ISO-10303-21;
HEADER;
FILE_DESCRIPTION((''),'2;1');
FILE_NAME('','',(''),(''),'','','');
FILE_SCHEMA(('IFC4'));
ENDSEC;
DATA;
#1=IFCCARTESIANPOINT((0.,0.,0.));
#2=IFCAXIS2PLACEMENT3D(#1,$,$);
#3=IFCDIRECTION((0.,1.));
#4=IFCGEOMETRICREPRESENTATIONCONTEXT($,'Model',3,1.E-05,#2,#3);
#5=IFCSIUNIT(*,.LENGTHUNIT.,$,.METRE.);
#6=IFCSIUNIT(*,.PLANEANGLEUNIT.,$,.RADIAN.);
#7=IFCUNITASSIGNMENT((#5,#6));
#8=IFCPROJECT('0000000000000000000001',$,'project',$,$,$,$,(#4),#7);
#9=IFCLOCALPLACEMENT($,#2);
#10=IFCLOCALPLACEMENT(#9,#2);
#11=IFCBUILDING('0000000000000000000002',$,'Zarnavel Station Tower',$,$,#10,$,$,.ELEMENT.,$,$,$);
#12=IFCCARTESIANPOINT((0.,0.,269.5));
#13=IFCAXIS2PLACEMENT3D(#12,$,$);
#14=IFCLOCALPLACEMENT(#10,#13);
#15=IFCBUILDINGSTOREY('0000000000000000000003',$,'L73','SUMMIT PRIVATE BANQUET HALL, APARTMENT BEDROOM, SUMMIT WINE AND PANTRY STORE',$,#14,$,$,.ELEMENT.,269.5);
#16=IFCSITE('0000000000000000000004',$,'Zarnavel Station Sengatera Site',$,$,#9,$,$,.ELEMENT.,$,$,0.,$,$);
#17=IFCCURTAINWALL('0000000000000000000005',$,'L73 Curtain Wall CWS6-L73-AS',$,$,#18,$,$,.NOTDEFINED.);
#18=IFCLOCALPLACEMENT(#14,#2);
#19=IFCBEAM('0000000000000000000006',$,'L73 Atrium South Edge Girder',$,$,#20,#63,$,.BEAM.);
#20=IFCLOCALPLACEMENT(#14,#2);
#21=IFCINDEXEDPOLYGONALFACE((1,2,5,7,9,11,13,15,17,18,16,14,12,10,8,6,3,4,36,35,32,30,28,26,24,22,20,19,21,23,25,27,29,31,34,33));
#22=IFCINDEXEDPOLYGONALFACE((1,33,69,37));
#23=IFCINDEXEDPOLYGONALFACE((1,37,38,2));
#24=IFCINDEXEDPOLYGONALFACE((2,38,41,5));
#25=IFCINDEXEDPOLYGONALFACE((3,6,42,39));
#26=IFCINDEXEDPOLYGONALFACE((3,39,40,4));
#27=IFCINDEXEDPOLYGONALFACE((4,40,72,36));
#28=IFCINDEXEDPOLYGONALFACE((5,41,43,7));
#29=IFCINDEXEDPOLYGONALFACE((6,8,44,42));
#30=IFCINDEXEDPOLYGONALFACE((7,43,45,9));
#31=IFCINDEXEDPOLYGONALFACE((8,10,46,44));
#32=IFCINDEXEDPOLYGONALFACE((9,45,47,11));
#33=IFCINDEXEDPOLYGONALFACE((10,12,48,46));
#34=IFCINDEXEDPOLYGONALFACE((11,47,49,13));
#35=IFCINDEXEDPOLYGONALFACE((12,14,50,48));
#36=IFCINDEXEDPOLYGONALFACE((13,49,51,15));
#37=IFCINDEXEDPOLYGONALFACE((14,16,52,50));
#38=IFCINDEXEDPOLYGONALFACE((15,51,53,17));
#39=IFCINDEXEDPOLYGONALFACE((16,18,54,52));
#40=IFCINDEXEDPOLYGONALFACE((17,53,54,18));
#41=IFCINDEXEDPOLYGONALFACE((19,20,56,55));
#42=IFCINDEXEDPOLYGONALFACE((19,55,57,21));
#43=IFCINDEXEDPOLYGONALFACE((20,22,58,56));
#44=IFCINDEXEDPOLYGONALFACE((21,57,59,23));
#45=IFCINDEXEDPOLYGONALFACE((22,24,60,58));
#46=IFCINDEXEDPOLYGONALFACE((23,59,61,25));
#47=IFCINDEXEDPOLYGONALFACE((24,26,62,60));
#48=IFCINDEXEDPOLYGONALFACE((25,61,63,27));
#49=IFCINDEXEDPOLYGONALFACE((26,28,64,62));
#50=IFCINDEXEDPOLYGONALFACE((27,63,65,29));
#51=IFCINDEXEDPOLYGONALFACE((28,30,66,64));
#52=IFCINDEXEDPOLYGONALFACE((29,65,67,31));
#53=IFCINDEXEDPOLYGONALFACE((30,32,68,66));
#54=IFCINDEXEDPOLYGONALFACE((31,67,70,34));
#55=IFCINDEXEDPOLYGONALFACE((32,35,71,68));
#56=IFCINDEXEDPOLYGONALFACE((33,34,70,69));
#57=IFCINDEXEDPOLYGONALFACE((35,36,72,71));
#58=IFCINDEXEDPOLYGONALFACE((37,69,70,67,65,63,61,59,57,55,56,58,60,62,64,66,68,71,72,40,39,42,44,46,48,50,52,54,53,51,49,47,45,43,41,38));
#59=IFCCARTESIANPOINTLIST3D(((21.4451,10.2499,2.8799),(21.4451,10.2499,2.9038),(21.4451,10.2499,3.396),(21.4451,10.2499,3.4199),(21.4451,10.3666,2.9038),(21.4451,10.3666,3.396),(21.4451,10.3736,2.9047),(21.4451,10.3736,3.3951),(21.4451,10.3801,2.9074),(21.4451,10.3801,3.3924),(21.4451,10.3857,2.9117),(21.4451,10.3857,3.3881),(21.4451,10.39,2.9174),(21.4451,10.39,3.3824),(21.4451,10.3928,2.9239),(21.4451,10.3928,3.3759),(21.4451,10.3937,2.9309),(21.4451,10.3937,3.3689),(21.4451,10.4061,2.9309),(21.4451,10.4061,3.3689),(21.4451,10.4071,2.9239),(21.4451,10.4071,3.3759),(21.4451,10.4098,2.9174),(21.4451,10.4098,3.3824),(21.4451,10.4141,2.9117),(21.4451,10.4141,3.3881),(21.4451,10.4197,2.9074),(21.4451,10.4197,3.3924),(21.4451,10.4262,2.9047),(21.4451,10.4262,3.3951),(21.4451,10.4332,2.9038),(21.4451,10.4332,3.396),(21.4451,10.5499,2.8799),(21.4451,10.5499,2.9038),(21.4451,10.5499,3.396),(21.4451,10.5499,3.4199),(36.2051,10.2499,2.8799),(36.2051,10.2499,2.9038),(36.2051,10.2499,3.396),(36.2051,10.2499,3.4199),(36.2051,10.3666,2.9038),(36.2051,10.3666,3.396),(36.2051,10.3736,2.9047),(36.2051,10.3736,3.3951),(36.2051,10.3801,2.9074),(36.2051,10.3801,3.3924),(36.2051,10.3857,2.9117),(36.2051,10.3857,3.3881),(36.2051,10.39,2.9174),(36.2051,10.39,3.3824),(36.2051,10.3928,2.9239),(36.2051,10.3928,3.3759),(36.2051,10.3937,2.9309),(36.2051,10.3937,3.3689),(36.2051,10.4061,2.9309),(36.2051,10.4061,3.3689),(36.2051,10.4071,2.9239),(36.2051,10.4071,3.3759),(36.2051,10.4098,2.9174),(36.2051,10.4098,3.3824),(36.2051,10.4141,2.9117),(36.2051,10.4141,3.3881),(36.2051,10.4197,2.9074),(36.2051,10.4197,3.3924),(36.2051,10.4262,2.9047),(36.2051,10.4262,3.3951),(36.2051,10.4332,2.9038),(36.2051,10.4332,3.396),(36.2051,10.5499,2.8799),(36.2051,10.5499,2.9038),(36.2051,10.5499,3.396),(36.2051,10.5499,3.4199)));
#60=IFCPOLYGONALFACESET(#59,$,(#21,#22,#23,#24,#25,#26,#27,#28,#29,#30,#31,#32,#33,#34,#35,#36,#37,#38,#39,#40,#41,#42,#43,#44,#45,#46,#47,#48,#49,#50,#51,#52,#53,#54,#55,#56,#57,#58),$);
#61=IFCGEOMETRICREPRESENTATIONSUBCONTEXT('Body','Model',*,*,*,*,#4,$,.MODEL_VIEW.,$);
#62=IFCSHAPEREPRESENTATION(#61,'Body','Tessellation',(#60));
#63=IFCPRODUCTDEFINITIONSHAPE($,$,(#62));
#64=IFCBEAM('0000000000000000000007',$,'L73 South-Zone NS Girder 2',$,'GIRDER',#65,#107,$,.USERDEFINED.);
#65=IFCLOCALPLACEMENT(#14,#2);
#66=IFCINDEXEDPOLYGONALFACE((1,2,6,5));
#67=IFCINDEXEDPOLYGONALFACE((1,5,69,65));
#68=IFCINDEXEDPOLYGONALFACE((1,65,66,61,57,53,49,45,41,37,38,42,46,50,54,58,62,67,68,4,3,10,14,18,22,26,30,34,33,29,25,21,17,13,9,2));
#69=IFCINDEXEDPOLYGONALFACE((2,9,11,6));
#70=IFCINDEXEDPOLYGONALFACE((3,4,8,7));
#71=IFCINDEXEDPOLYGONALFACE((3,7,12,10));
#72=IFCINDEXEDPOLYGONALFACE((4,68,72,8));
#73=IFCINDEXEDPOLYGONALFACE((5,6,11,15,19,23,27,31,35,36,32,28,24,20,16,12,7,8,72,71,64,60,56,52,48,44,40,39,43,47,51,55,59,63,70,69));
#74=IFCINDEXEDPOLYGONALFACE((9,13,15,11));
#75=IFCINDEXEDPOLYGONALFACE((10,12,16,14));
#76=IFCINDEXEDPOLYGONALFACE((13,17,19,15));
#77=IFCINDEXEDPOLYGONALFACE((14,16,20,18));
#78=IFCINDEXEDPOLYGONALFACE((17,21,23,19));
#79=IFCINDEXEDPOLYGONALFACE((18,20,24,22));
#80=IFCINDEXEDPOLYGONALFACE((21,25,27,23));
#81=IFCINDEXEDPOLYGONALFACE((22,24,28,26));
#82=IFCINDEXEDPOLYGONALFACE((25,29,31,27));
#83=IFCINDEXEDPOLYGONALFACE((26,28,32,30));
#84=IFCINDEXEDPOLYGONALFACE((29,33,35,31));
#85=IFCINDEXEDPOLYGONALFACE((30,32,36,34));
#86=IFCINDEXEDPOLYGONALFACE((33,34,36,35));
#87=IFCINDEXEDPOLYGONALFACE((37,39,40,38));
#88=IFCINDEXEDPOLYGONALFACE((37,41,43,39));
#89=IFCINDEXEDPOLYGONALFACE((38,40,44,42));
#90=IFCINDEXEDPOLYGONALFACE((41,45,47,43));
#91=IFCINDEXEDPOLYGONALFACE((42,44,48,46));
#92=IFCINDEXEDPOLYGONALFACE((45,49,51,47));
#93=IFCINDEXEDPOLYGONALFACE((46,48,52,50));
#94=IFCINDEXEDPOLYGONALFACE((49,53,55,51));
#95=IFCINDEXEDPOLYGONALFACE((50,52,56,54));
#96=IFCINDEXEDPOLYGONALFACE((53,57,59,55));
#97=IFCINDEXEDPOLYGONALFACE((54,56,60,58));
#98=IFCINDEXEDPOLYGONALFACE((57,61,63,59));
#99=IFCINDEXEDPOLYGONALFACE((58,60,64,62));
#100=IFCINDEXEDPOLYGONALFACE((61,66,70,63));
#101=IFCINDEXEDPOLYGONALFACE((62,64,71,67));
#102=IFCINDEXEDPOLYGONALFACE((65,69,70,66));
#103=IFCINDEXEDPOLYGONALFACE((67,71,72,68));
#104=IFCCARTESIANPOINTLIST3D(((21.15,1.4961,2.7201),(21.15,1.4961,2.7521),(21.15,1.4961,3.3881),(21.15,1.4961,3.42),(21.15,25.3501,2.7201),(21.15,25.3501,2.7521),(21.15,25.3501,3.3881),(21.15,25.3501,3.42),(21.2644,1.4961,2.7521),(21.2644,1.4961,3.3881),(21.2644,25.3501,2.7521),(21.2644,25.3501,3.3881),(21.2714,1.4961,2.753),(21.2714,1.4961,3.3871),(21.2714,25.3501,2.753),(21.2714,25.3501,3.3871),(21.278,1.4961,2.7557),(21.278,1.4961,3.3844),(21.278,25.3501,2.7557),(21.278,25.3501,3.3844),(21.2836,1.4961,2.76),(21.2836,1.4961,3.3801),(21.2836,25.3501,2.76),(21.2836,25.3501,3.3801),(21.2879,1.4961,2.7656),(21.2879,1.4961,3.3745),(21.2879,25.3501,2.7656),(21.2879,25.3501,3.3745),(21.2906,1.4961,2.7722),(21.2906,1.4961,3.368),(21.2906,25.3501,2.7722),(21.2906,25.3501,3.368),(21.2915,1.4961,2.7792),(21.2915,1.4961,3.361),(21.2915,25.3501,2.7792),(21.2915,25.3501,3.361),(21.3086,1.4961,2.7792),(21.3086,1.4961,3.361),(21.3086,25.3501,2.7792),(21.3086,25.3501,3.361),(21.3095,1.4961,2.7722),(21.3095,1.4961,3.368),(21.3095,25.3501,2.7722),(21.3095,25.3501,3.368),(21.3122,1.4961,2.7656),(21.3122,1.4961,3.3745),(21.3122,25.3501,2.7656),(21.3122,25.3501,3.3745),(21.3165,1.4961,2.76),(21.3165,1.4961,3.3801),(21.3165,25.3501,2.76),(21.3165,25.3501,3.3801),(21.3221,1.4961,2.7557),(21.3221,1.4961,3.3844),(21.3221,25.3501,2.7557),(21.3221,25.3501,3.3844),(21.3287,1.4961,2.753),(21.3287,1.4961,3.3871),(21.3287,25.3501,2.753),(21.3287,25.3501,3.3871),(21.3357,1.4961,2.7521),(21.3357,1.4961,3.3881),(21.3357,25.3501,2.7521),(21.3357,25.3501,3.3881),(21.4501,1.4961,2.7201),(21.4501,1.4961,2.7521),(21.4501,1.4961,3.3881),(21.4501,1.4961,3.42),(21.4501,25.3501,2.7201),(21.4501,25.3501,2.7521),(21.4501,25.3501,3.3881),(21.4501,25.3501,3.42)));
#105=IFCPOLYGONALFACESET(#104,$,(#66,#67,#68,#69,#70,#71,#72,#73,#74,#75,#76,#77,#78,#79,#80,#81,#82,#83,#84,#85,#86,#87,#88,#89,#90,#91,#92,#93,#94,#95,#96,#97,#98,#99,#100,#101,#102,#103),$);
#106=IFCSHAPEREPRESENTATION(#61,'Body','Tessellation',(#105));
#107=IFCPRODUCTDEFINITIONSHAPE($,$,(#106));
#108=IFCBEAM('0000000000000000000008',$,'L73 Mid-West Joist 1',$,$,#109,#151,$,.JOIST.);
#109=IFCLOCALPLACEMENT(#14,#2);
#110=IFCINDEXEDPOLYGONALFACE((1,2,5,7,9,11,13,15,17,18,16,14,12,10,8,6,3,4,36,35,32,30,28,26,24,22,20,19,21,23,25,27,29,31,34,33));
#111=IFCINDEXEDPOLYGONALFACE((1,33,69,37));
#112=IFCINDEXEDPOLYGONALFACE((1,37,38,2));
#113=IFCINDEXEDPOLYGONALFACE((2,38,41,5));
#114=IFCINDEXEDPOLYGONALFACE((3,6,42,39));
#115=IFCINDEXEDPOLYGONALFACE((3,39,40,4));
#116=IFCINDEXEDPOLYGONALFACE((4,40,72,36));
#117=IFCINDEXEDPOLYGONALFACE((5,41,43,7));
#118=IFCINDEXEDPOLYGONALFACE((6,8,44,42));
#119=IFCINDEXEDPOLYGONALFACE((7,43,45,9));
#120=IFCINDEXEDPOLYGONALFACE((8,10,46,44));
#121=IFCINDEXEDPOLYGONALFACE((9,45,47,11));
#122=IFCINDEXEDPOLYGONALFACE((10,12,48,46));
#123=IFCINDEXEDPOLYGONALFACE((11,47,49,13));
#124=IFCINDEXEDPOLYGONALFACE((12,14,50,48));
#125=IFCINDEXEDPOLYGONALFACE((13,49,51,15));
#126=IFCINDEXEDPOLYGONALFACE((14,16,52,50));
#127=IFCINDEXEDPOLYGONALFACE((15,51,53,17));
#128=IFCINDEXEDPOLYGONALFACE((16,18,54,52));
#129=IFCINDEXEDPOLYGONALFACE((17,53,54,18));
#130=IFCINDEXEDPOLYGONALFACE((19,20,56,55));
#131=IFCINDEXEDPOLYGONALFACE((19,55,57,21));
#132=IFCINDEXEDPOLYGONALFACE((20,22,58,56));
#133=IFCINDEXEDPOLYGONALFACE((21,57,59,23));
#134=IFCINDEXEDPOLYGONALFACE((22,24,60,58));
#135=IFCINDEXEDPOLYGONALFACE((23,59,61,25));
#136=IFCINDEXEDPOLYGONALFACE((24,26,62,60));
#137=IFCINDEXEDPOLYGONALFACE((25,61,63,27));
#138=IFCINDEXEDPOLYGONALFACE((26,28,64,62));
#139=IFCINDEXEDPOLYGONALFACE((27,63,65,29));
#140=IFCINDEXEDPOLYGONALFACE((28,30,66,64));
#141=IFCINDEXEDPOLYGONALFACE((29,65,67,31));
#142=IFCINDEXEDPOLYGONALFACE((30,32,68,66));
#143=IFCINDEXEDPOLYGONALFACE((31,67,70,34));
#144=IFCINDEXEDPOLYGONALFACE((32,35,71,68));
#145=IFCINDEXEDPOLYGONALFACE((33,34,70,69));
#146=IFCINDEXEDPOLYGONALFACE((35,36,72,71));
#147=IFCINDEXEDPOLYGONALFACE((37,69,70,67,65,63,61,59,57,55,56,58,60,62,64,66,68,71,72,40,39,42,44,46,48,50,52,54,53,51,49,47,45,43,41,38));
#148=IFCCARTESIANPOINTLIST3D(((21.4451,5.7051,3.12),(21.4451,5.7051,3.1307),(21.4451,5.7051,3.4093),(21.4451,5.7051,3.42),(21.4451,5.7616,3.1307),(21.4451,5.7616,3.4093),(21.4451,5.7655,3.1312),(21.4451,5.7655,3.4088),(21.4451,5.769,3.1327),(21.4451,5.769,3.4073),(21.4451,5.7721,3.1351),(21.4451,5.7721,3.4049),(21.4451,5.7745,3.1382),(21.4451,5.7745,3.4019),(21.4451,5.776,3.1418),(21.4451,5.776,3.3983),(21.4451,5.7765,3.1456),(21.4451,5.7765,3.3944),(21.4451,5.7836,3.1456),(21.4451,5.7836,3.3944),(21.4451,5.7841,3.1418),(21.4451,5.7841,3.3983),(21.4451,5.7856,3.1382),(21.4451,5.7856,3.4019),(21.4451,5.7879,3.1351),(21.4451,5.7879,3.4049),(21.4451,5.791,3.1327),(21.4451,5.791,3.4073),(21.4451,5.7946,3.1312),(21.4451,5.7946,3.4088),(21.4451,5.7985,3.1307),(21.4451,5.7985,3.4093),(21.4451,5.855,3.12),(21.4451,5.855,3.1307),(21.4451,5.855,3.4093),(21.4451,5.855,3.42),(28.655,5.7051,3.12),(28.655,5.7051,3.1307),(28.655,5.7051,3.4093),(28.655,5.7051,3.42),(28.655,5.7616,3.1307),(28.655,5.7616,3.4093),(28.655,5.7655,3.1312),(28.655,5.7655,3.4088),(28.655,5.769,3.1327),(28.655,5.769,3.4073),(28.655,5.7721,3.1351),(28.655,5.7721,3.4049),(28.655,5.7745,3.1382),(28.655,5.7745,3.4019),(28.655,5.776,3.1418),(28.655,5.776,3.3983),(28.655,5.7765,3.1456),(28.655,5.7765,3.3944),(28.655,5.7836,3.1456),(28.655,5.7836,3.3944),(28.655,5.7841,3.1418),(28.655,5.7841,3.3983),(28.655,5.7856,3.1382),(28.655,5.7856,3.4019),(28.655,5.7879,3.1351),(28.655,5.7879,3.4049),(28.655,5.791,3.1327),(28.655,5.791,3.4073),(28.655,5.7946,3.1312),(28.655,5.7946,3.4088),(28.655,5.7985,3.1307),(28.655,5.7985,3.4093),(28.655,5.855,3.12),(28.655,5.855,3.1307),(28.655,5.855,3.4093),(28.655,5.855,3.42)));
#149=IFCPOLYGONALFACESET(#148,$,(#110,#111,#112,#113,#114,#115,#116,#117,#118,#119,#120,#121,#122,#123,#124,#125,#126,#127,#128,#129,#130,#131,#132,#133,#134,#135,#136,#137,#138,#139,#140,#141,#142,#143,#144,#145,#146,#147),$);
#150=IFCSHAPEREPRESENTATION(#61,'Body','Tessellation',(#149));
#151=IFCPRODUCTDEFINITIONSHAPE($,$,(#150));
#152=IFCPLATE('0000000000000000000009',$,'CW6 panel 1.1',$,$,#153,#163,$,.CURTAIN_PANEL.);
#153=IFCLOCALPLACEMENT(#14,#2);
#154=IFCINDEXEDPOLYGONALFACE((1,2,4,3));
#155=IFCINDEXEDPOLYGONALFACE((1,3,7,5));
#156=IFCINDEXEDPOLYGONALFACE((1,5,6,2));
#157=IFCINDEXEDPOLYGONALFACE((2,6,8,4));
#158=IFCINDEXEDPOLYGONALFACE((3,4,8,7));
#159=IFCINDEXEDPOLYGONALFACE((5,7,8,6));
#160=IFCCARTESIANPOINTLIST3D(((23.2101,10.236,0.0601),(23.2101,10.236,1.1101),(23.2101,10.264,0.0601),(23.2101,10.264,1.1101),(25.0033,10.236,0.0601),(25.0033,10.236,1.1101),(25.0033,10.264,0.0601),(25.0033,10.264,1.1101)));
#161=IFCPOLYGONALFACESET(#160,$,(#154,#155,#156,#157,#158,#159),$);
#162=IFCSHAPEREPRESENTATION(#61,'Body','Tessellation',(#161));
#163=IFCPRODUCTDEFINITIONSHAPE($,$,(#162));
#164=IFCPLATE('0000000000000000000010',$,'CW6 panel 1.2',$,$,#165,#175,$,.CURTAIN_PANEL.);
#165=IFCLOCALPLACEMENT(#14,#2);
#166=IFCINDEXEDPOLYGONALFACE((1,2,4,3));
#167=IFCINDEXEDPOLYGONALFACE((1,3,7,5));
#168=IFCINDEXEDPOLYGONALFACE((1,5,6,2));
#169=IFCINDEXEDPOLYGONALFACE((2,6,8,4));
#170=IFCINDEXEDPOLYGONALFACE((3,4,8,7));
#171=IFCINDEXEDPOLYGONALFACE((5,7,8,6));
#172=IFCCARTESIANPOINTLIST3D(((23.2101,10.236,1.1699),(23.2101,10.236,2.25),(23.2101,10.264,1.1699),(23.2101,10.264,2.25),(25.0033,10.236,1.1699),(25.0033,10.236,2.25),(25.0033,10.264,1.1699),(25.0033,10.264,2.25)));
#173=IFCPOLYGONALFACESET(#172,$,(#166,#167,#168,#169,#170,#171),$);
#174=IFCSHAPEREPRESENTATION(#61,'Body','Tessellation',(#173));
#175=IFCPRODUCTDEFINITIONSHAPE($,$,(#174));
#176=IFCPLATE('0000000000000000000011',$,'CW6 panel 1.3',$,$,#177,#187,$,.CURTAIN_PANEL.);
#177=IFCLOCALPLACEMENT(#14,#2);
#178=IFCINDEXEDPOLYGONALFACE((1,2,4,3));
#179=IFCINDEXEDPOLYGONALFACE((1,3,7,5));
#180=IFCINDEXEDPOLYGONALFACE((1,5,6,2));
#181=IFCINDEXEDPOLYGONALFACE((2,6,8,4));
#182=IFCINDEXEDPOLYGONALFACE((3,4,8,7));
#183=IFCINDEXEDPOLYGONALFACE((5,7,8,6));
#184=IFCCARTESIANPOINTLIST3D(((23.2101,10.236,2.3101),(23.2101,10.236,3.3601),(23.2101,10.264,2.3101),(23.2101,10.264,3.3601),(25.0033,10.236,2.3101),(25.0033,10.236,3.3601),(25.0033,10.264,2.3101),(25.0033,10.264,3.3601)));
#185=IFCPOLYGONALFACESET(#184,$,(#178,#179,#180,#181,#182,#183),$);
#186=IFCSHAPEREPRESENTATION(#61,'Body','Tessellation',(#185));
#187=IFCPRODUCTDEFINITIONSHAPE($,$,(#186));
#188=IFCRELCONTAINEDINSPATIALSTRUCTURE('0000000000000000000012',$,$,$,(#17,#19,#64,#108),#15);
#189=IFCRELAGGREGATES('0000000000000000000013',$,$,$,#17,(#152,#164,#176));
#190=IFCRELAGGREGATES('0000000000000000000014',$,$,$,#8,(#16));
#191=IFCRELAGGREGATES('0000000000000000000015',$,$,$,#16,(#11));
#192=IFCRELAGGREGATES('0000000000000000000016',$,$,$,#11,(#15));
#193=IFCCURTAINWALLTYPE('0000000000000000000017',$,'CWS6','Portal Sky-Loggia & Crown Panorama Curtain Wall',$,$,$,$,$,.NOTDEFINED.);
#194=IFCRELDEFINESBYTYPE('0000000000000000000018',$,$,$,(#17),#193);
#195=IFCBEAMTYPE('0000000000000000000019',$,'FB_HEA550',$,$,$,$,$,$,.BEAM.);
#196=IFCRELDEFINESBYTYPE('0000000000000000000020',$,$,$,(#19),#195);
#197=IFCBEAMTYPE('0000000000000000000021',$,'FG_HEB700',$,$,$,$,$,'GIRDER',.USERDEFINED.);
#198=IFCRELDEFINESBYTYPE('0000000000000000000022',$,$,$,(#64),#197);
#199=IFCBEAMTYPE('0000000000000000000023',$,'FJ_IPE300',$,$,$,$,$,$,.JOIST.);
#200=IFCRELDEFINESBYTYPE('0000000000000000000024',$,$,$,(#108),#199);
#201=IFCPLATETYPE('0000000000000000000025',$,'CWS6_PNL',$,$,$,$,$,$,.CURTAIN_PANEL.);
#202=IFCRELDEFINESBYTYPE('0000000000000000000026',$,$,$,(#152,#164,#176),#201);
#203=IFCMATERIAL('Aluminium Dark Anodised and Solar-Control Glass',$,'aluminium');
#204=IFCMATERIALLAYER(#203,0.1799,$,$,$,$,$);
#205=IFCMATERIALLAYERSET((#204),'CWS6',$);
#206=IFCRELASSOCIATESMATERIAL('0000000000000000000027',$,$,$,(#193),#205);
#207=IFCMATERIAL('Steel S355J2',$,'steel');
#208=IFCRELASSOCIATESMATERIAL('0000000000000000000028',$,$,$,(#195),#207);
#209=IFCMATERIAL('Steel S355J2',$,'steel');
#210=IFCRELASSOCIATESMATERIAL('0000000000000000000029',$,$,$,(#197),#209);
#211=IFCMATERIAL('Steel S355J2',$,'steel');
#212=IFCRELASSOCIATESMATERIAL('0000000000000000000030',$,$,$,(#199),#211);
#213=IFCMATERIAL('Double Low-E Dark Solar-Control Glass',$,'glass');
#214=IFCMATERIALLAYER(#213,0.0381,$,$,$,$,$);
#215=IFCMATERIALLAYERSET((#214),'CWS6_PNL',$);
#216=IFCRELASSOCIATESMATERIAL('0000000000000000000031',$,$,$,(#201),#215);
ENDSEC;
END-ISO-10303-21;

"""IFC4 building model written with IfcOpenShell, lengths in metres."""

from ifc_helpers import new_model, si_unit, direction, frame, origin, origin_2d, place, context, subcontext, project, spatial, rectangle, i_section, extrude, material, layer, layer_set, material_profile, profile_set, type_object, element, aggregate, save


model = new_model("IFC4")

# Units and contexts
model_context = context("Model", 3, precision=1e-05, world=origin(), true_north=direction((0.0, 1.0)))
body_context = subcontext(model_context, "Body", "Model", "MODEL_VIEW")
ifc_project = project(units=[si_unit("LENGTHUNIT", "METRE"), si_unit("PLANEANGLEUNIT", "RADIAN")], contexts=[model_context])

# Site, building, storey
site_placement = place(None, origin())
site = spatial("IfcSite", under=ifc_project, at=site_placement, Name="Zarnavel Station Sengatera Site", CompositionType="ELEMENT", RefElevation=0.0)
building_placement = place(site_placement, origin())
building = spatial("IfcBuilding", under=site, at=building_placement, Name="Zarnavel Station Tower", CompositionType="ELEMENT")
storey_placement = place(building_placement, frame((0.0, 0.0, 269.5)))
storey = spatial("IfcBuildingStorey", under=building, at=storey_placement, Name="L73", Description="SUMMIT PRIVATE BANQUET HALL, APARTMENT BEDROOM, SUMMIT WINE AND PANTRY STORE", CompositionType="ELEMENT", Elevation=269.5)

# Curtain wall
ifc_material_1 = material(Name="Aluminium Dark Anodised and Solar-Control Glass", Category="aluminium")
ifc_layer_1 = layer(ifc_material_1, 0.1799)
ifc_layer_set_1 = layer_set([ifc_layer_1], Name="CWS6")
curtain_wall_type = type_object("IfcCurtainWallType", Name="CWS6", Description="Portal Sky-Loggia & Crown Panorama Curtain Wall", PredefinedType="NOTDEFINED", material=ifc_layer_set_1)
curtain_wall_placement = place(storey_placement, origin())
curtain_wall = element("IfcCurtainWall", 1, at=curtain_wall_placement, inside=storey, type_object=curtain_wall_type, Name="L73 Curtain Wall CWS6-L73-AS", PredefinedType="NOTDEFINED")

# Beams
ifc_material_2 = material(Name="Steel S355J2", Category="steel")
ifc_material_profile_1 = material_profile(ifc_material_2, i_section(OverallWidth=0.3, OverallDepth=0.54, WebThickness=0.0125, FlangeThickness=0.0239, FilletRadius=0.0271, at=origin_2d()), Name="HEA550")
ifc_profile_set_1 = profile_set([ifc_material_profile_1], Name="Steel S355J2")
beam_type_1 = type_object("IfcBeamType", Name="FB_HEA550", PredefinedType="BEAM", material=ifc_profile_set_1)
beam_1_placement = place(storey_placement, frame((21.4451, 10.3999, 3.1499), z_axis=(1.0, 0.0, 0.0), x_axis=(0.0, 1.0, 0.0)))
element("IfcBeam", 2, at=beam_1_placement, inside=storey, type_object=beam_type_1, Name="L73 Atrium South Edge Girder", PredefinedType="BEAM", context=body_context, shape_type="SweptSolid", body=[
    extrude(i_section(OverallWidth=0.3, OverallDepth=0.54, WebThickness=0.0125, FlangeThickness=0.0239, FilletRadius=0.0271, at=origin_2d()), origin(), (0.0, 0.0, 1.0), 14.76),
])
ifc_material_3 = material(Name="Steel S355J2", Category="steel")
ifc_material_profile_2 = material_profile(ifc_material_3, i_section(OverallWidth=0.3, OverallDepth=0.7, WebThickness=0.0171, FlangeThickness=0.032, FilletRadius=0.0271, at=origin_2d()), Name="HEB700")
ifc_profile_set_2 = profile_set([ifc_material_profile_2], Name="Steel S355J2")
beam_type_2 = type_object("IfcBeamType", Name="FG_HEB700", ElementType="GIRDER", PredefinedType="USERDEFINED", material=ifc_profile_set_2)
beam_2_placement = place(storey_placement, frame((21.3, 1.4961, 3.0701), z_axis=(0.0, 1.0, 0.0), x_axis=(-1.0, 0.0, 0.0)))
element("IfcBeam", 3, at=beam_2_placement, inside=storey, type_object=beam_type_2, Name="L73 South-Zone NS Girder 2", ObjectType="GIRDER", PredefinedType="USERDEFINED", context=body_context, shape_type="SweptSolid", body=[
    extrude(i_section(OverallWidth=0.3, OverallDepth=0.7, WebThickness=0.0171, FlangeThickness=0.032, FilletRadius=0.0271, at=origin_2d()), origin(), (0.0, 0.0, 1.0), 23.854),
])
ifc_material_4 = material(Name="Steel S355J2", Category="steel")
ifc_material_profile_3 = material_profile(ifc_material_4, i_section(OverallWidth=0.1499, OverallDepth=0.3, WebThickness=0.0071, FlangeThickness=0.0107, FilletRadius=0.0149, at=origin_2d()), Name="IPE300")
ifc_profile_set_3 = profile_set([ifc_material_profile_3], Name="Steel S355J2")
beam_type_3 = type_object("IfcBeamType", Name="FJ_IPE300", PredefinedType="JOIST", material=ifc_profile_set_3)
beam_3_placement = place(storey_placement, frame((21.4451, 5.78, 3.27), z_axis=(1.0, 0.0, 0.0), x_axis=(0.0, 1.0, 0.0)))
element("IfcBeam", 4, at=beam_3_placement, inside=storey, type_object=beam_type_3, Name="L73 Mid-West Joist 1", PredefinedType="JOIST", context=body_context, shape_type="SweptSolid", body=[
    extrude(i_section(OverallWidth=0.1499, OverallDepth=0.3, WebThickness=0.0071, FlangeThickness=0.0107, FilletRadius=0.0149, at=origin_2d()), origin(), (0.0, 0.0, 1.0), 7.21),
])

# Plates
ifc_material_5 = material(Name="Double Low-E Dark Solar-Control Glass", Category="glass")
ifc_layer_2 = layer(ifc_material_5, 0.0381)
ifc_layer_set_2 = layer_set([ifc_layer_2], Name="CWS6_PNL")
plate_type_1 = type_object("IfcPlateType", Name="CWS6_PNL", PredefinedType="CURTAIN_PANEL", material=ifc_layer_set_2)
plate_1_placement = place(storey_placement, frame((24.1067, 10.25, 0.0601), z_axis=(0.0, 0.0, 1.0), x_axis=(1.0, 0.0, 0.0)))
plate_1 = element("IfcPlate", 5, at=plate_1_placement, type_object=plate_type_1, Name="CW6 panel 1.1", PredefinedType="CURTAIN_PANEL", context=body_context, shape_type="SweptSolid", body=[
    extrude(rectangle(XDim=1.7932, YDim=0.0281, at=origin_2d()), origin(), (0.0, 0.0, 1.0), 1.05),
])
plate_2_placement = place(storey_placement, frame((24.1067, 10.25, 1.1699), z_axis=(0.0, 0.0, 1.0), x_axis=(1.0, 0.0, 0.0)))
plate_2 = element("IfcPlate", 6, at=plate_2_placement, type_object=plate_type_1, Name="CW6 panel 1.2", PredefinedType="CURTAIN_PANEL", context=body_context, shape_type="SweptSolid", body=[
    extrude(rectangle(XDim=1.7932, YDim=0.0281, at=origin_2d()), origin(), (0.0, 0.0, 1.0), 1.0801),
])
plate_3_placement = place(storey_placement, frame((24.1067, 10.25, 2.3101), z_axis=(0.0, 0.0, 1.0), x_axis=(1.0, 0.0, 0.0)))
plate_3 = element("IfcPlate", 7, at=plate_3_placement, type_object=plate_type_1, Name="CW6 panel 1.3", PredefinedType="CURTAIN_PANEL", context=body_context, shape_type="SweptSolid", body=[
    extrude(rectangle(XDim=1.7932, YDim=0.0281, at=origin_2d()), origin(), (0.0, 0.0, 1.0), 1.05),
])
aggregate(curtain_wall, [plate_1, plate_2, plate_3])

save(model, "model.ifc")
